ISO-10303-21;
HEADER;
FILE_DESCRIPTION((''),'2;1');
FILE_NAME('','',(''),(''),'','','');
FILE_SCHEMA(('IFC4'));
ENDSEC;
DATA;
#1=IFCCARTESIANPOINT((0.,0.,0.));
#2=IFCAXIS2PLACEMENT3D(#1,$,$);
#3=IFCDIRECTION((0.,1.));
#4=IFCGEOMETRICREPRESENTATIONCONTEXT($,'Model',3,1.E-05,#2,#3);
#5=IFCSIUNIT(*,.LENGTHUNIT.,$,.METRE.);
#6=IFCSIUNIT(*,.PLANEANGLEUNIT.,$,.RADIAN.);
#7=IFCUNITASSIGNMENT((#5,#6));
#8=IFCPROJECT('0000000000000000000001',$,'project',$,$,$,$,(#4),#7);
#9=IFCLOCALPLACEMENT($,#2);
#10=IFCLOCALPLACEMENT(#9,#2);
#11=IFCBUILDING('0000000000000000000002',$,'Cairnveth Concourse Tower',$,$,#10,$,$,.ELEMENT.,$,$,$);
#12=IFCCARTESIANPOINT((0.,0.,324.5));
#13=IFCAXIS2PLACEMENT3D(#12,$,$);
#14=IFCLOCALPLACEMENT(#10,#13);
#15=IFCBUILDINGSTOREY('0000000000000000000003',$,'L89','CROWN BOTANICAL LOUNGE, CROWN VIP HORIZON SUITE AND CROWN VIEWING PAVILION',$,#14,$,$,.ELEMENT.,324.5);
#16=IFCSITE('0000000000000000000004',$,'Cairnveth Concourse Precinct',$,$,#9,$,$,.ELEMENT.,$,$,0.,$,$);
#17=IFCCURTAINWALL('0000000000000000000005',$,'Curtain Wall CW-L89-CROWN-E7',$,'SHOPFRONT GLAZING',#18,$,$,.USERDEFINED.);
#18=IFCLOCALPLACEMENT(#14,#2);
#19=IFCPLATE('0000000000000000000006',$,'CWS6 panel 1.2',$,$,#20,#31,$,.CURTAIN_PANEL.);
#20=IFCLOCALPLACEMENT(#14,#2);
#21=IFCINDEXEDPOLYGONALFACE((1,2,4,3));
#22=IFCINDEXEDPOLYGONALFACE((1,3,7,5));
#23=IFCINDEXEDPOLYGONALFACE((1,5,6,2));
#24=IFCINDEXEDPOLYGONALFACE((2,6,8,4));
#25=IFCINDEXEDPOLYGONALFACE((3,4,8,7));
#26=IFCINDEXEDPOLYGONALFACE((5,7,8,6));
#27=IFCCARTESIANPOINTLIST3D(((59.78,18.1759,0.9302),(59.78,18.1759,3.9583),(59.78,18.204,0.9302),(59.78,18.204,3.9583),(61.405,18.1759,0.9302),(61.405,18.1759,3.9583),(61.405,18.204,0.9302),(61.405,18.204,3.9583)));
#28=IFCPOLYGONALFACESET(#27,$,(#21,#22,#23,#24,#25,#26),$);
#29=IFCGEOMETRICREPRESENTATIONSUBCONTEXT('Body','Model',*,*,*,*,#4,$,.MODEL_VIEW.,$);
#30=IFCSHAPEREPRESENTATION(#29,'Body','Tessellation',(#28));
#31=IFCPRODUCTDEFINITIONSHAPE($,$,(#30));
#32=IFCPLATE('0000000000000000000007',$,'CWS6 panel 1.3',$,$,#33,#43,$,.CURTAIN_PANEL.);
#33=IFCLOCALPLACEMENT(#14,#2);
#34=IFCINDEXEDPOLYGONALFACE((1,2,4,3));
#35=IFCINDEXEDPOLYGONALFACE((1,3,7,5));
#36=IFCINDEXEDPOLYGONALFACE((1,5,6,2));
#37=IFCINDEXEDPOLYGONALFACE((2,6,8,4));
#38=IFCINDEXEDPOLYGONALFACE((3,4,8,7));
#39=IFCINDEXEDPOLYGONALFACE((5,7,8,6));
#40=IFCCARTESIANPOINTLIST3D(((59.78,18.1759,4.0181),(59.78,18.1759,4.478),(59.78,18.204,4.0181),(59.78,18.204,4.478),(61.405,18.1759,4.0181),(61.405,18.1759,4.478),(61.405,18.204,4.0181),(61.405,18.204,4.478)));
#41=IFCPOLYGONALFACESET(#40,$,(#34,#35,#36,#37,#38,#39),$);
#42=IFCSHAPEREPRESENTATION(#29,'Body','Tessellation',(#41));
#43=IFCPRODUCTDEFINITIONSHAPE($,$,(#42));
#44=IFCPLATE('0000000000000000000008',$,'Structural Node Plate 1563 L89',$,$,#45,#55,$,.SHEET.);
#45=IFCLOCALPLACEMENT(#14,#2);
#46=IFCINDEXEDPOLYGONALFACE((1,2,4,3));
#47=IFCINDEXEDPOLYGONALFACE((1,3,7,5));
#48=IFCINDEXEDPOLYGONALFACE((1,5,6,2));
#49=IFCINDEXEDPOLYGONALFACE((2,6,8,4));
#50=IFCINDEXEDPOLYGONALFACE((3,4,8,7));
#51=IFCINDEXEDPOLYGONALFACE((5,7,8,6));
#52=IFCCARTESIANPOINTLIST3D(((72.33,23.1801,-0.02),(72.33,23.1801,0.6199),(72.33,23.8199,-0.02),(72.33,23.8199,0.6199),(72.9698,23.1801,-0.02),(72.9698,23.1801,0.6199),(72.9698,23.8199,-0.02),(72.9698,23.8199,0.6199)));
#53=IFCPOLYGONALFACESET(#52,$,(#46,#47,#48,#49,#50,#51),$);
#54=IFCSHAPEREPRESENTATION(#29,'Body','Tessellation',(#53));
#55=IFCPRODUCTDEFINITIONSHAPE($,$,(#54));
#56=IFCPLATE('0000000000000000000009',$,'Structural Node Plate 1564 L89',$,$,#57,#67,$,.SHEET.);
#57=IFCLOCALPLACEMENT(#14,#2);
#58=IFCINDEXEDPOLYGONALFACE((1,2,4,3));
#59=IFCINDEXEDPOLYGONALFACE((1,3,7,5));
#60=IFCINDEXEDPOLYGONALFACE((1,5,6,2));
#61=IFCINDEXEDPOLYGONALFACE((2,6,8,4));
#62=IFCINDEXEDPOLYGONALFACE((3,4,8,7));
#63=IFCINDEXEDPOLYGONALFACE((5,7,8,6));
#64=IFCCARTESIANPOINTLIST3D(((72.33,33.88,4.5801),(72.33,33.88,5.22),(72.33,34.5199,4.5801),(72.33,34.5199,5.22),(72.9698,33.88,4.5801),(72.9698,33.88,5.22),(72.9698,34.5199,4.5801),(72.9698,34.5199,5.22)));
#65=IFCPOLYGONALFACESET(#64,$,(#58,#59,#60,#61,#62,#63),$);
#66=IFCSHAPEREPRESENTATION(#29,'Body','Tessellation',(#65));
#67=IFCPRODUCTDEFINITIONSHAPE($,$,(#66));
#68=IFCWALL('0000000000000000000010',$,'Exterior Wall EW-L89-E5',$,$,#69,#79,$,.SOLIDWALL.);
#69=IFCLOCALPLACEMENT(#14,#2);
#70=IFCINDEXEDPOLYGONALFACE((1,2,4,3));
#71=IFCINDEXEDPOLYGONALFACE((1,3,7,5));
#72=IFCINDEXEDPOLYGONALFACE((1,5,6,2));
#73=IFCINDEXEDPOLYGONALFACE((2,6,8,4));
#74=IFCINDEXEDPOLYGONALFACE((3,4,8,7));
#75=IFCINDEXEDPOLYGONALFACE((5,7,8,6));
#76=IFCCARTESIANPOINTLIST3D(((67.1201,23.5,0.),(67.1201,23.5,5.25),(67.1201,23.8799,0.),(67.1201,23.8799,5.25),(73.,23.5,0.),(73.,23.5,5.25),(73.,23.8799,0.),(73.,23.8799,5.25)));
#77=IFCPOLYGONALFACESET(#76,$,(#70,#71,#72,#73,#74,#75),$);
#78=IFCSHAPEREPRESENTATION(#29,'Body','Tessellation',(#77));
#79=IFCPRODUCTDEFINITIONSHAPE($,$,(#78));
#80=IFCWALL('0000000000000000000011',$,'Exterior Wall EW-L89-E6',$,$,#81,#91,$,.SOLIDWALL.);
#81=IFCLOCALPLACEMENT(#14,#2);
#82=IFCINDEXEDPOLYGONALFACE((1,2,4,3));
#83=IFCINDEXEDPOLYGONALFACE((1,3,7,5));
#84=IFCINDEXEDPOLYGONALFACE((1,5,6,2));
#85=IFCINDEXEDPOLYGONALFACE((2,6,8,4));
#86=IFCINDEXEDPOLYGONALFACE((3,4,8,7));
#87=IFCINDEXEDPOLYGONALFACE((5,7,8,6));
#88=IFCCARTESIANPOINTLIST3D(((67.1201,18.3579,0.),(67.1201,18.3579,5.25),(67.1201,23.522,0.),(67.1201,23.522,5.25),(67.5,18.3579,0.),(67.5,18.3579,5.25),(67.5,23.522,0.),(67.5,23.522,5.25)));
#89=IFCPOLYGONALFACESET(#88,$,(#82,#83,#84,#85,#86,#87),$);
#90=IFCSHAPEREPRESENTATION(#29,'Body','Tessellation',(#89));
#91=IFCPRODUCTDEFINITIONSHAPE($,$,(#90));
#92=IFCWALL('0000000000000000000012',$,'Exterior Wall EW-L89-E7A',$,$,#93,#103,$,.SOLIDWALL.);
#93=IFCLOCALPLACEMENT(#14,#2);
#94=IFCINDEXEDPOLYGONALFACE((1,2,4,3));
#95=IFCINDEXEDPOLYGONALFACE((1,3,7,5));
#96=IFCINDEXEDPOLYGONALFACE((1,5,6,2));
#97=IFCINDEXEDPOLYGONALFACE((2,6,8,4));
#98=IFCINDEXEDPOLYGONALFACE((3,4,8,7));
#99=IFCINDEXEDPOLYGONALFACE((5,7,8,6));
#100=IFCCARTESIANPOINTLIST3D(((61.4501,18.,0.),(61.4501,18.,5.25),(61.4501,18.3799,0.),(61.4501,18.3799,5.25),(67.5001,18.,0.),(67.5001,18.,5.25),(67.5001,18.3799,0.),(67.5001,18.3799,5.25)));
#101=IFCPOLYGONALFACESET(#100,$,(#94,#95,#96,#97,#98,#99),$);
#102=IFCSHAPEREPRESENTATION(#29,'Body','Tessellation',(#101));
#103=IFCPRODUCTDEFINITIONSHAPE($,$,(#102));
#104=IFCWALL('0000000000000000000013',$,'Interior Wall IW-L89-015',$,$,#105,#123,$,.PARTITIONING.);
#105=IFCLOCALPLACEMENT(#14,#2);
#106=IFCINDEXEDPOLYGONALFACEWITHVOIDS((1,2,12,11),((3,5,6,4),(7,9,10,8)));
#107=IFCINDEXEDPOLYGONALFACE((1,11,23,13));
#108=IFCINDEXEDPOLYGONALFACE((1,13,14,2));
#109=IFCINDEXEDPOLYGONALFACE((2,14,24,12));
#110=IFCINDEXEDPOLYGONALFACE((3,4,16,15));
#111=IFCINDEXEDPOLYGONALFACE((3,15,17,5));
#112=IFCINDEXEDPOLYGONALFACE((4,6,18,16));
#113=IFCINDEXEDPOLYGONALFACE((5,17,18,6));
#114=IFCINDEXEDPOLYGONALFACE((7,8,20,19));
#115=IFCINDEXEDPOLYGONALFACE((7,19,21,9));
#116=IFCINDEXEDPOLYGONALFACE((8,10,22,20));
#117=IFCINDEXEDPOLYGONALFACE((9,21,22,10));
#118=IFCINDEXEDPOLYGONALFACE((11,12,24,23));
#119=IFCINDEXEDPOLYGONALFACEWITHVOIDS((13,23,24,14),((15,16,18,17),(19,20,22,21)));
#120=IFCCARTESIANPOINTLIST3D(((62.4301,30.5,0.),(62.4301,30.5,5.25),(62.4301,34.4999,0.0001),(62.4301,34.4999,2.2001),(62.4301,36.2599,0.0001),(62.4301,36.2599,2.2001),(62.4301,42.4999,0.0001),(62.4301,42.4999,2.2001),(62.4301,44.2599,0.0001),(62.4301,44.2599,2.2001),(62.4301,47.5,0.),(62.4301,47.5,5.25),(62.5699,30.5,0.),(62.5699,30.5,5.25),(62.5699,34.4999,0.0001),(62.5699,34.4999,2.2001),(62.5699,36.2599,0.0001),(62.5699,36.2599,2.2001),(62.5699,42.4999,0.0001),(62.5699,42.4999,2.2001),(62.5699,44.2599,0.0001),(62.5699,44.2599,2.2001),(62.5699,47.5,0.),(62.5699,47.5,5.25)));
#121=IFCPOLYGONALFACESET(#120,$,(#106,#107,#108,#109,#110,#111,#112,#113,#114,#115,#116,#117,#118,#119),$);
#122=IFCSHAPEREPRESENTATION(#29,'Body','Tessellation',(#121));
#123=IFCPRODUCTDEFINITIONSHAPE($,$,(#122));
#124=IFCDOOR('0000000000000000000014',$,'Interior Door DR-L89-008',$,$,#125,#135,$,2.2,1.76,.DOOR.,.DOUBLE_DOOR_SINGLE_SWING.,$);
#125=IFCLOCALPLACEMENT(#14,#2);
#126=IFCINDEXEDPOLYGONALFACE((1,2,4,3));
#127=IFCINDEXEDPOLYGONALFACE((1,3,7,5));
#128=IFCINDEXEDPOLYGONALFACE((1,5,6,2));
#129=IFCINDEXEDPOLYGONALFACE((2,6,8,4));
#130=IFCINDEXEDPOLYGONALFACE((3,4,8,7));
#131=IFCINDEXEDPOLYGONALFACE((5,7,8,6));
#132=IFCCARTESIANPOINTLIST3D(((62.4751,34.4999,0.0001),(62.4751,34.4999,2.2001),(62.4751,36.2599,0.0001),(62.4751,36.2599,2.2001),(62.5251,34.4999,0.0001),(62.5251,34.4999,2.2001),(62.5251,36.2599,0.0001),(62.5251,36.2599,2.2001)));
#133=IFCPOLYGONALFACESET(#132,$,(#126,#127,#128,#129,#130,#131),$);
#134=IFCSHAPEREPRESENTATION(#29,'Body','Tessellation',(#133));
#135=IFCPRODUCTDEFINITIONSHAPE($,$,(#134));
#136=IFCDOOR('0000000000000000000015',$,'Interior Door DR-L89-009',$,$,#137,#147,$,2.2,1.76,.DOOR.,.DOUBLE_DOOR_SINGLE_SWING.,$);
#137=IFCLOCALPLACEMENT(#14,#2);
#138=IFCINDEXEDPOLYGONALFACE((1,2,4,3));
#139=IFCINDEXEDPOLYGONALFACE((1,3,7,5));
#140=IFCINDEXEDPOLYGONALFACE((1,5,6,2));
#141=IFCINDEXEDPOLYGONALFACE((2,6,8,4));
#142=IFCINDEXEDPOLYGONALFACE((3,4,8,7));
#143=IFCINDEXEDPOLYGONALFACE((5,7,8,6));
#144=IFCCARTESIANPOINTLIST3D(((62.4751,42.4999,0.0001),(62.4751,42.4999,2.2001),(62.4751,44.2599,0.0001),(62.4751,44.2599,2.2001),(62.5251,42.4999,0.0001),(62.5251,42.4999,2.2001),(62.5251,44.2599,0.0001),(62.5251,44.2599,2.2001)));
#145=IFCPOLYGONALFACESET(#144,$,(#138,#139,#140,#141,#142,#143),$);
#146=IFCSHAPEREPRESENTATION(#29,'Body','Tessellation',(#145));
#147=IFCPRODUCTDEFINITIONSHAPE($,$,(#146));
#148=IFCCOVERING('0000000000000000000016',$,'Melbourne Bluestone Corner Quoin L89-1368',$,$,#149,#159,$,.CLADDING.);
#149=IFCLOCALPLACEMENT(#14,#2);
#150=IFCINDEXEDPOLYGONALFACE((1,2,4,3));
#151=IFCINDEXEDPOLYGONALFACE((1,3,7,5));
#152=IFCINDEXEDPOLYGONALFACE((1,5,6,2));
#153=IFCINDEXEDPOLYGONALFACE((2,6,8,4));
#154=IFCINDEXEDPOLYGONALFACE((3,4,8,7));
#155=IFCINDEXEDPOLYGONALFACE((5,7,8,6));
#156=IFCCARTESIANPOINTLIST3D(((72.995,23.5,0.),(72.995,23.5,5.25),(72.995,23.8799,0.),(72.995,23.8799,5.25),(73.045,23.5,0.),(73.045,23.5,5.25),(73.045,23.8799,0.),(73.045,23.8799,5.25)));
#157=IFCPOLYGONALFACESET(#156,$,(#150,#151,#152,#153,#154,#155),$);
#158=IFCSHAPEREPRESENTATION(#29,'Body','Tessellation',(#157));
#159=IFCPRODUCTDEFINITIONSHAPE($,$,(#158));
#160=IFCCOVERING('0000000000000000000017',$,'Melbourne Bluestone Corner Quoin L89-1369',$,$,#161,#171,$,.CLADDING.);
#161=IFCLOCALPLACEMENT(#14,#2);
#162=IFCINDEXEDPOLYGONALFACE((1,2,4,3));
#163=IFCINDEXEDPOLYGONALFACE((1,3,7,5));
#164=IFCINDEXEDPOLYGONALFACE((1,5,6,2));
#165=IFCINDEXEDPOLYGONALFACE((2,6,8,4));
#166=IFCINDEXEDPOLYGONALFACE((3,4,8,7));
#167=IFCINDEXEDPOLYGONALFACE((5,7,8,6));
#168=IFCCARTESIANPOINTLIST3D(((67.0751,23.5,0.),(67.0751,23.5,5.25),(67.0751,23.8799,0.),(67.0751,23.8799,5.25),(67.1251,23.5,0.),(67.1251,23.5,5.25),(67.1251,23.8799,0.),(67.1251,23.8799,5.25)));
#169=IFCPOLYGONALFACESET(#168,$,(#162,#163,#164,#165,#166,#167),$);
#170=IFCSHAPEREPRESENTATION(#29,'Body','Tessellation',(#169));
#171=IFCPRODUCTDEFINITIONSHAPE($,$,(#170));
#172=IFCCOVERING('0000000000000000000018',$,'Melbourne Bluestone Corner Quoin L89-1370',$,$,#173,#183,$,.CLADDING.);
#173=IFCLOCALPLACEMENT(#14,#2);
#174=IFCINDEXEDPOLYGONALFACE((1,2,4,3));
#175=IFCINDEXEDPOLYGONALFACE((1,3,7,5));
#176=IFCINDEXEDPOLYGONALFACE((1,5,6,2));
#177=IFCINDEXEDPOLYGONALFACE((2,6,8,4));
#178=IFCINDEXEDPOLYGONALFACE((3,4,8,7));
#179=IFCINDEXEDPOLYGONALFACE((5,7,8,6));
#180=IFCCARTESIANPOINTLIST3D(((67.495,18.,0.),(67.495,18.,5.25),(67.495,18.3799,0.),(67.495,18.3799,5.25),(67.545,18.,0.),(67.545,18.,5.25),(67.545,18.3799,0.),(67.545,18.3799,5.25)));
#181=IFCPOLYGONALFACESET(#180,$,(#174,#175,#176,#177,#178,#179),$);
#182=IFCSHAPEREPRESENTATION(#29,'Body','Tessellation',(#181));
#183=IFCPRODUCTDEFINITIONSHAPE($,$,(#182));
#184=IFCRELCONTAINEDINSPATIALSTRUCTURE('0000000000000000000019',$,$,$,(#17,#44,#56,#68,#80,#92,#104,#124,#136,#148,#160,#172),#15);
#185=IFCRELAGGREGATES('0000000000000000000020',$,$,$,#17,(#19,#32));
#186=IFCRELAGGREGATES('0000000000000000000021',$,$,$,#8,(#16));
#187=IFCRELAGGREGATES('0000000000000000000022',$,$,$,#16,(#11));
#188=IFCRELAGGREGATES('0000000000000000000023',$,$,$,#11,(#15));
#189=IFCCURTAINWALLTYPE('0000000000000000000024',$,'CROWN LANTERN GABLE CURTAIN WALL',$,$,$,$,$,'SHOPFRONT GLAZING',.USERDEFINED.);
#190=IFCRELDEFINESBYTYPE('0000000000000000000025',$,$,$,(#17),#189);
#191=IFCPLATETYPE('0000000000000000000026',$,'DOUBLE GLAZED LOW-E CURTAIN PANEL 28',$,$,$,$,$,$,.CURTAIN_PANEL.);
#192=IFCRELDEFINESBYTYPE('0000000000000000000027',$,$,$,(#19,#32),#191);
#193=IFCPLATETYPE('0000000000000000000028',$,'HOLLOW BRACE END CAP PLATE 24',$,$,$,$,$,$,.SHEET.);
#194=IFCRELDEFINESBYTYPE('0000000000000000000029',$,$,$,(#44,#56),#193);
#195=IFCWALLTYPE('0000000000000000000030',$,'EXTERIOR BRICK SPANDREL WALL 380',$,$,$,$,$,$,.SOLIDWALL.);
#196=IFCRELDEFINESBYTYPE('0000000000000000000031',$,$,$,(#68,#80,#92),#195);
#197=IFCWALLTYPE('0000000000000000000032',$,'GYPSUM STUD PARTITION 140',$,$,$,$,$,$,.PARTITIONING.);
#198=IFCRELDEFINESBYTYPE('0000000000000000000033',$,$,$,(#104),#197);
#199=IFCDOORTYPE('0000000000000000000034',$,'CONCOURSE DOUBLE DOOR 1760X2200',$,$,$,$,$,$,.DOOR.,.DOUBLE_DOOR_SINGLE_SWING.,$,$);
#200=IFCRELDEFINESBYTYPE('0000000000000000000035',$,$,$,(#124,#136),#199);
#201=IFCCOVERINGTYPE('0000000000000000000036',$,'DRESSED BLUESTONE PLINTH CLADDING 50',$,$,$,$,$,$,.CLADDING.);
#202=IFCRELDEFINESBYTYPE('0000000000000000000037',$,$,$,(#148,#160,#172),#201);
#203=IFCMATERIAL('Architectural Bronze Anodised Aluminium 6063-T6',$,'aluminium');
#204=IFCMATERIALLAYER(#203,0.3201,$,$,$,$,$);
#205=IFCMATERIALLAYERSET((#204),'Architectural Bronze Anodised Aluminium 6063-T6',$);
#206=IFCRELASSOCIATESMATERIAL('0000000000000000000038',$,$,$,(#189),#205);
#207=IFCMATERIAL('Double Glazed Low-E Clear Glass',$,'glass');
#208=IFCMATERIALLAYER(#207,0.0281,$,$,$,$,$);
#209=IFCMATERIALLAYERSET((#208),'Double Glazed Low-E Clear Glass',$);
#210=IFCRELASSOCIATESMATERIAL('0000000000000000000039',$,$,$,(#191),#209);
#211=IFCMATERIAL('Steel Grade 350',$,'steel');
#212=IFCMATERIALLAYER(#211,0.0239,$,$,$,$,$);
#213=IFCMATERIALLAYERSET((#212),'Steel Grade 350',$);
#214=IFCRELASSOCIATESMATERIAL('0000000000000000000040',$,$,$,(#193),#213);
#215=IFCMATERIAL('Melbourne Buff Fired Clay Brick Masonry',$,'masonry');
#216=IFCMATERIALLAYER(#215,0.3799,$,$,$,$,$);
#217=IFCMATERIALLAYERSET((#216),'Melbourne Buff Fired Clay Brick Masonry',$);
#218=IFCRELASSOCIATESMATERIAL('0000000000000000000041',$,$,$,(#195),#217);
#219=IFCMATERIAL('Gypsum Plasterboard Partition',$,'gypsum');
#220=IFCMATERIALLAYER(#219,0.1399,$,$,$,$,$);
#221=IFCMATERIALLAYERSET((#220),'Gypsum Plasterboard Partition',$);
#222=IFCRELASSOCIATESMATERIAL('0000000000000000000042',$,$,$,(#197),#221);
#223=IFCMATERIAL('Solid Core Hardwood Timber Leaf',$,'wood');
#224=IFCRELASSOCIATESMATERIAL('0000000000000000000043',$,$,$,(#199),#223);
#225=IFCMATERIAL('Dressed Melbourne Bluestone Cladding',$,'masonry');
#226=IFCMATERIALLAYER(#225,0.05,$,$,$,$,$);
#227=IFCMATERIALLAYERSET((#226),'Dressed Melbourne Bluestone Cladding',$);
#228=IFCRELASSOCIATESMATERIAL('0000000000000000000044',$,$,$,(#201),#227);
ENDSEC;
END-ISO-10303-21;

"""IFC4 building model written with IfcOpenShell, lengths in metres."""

from ifc_helpers import new_model, si_unit, direction, frame, frame_2d, origin, origin_2d, place, context, subcontext, project, spatial, rectangle, extrude, material, layer, layer_set, type_object, element, fill, aggregate, save


model = new_model("IFC4")

# Units and contexts
model_context = context("Model", 3, precision=1e-05, world=origin(), true_north=direction((0.0, 1.0)))
body_context = subcontext(model_context, "Body", "Model", "MODEL_VIEW")
ifc_project = project(units=[si_unit("LENGTHUNIT", "METRE"), si_unit("PLANEANGLEUNIT", "RADIAN")], contexts=[model_context])

# Site, building, storey
site_placement = place(None, origin())
site = spatial("IfcSite", under=ifc_project, at=site_placement, Name="Cairnveth Concourse Precinct", CompositionType="ELEMENT", RefElevation=0.0)
building_placement = place(site_placement, origin())
building = spatial("IfcBuilding", under=site, at=building_placement, Name="Cairnveth Concourse Tower", CompositionType="ELEMENT")
storey_placement = place(building_placement, frame((0.0, 0.0, 324.5)))
storey = spatial("IfcBuildingStorey", under=building, at=storey_placement, Name="L89", Description="CROWN BOTANICAL LOUNGE, CROWN VIP HORIZON SUITE AND CROWN VIEWING PAVILION", CompositionType="ELEMENT", Elevation=324.5)

# Shared definitions
ifc_material_1 = material(Name="Steel Grade 350", Category="steel")

# Curtain wall
ifc_material_2 = material(Name="Architectural Bronze Anodised Aluminium 6063-T6", Category="aluminium")
ifc_layer_1 = layer(ifc_material_2, 0.3201)
ifc_layer_set_1 = layer_set([ifc_layer_1], Name="Architectural Bronze Anodised Aluminium 6063-T6")
curtain_wall_type = type_object("IfcCurtainWallType", Name="CROWN LANTERN GABLE CURTAIN WALL", ElementType="SHOPFRONT GLAZING", PredefinedType="USERDEFINED", material=ifc_layer_set_1)
curtain_wall_placement = place(storey_placement, origin())
curtain_wall = element("IfcCurtainWall", 1, at=curtain_wall_placement, inside=storey, type_object=curtain_wall_type, Name="Curtain Wall CW-L89-CROWN-E7", ObjectType="SHOPFRONT GLAZING", PredefinedType="USERDEFINED")

# Plates
ifc_material_3 = material(Name="Double Glazed Low-E Clear Glass", Category="glass")
ifc_layer_2 = layer(ifc_material_3, 0.0281)
ifc_layer_set_2 = layer_set([ifc_layer_2], Name="Double Glazed Low-E Clear Glass")
plate_type_1 = type_object("IfcPlateType", Name="DOUBLE GLAZED LOW-E CURTAIN PANEL 28", PredefinedType="CURTAIN_PANEL", material=ifc_layer_set_2)
plate_1_placement = place(storey_placement, frame((60.5925, 18.1899, 0.9302), z_axis=(0.0, 0.0, 1.0), x_axis=(-1.0, 0.0, 0.0)))
plate_1 = element("IfcPlate", 2, at=plate_1_placement, type_object=plate_type_1, Name="CWS6 panel 1.2", PredefinedType="CURTAIN_PANEL", context=body_context, shape_type="SweptSolid", body=[
    extrude(rectangle(XDim=1.625, YDim=0.0281, at=origin_2d()), origin(), (0.0, 0.0, 1.0), 3.0281),
])
plate_2_placement = place(storey_placement, frame((60.5925, 18.1899, 4.0181), z_axis=(0.0, 0.0, 1.0), x_axis=(-1.0, 0.0, 0.0)))
plate_2 = element("IfcPlate", 3, at=plate_2_placement, type_object=plate_type_1, Name="CWS6 panel 1.3", PredefinedType="CURTAIN_PANEL", context=body_context, shape_type="SweptSolid", body=[
    extrude(rectangle(XDim=1.625, YDim=0.0281, at=origin_2d()), origin(), (0.0, 0.0, 1.0), 0.46),
])
aggregate(curtain_wall, [plate_1, plate_2])

# Plates
ifc_layer_3 = layer(ifc_material_1, 0.0239)
ifc_layer_set_3 = layer_set([ifc_layer_3], Name="Steel Grade 350")
plate_type_2 = type_object("IfcPlateType", Name="HOLLOW BRACE END CAP PLATE 24", PredefinedType="SHEET", material=ifc_layer_set_3)
for number, where, z_axis, x_axis, name in (
    (4, (72.6499, 23.5, -0.02), (0.0, 0.0, 1.0), (1.0, 0.0, 0.0), "Structural Node Plate 1563 L89"),
    (5, (72.6499, 34.2, 4.5801), (0.0, 0.0, 1.0), (1.0, 0.0, 0.0), "Structural Node Plate 1564 L89"),
):
    element("IfcPlate", number, at=place(storey_placement, frame(where, z_axis=z_axis, x_axis=x_axis)), inside=storey, type_object=plate_type_2, Name=name, PredefinedType="SHEET", context=body_context, shape_type="SweptSolid", body=[
        extrude(rectangle(XDim=0.6399, YDim=0.6399, at=origin_2d()), origin(), (0.0, 0.0, 1.0), 0.6399),
    ])

# Walls
ifc_material_4 = material(Name="Melbourne Buff Fired Clay Brick Masonry", Category="masonry")
ifc_layer_4 = layer(ifc_material_4, 0.3799)
ifc_layer_set_4 = layer_set([ifc_layer_4], Name="Melbourne Buff Fired Clay Brick Masonry")
wall_type_1 = type_object("IfcWallType", Name="EXTERIOR BRICK SPANDREL WALL 380", PredefinedType="SOLIDWALL", material=ifc_layer_set_4)
wall_1_placement = place(storey_placement, frame((73.0, 23.6899, 0.0), z_axis=(0.0, 0.0, 1.0), x_axis=(-1.0, 0.0, 0.0)))
element("IfcWall", 6, at=wall_1_placement, inside=storey, type_object=wall_type_1, Name="Exterior Wall EW-L89-E5", PredefinedType="SOLIDWALL", context=body_context, shape_type="SweptSolid", body=[
    extrude(rectangle(XDim=5.8799, YDim=0.3799, at=frame_2d((2.9399, 0.0))), origin(), (0.0, 0.0, 1.0), 5.25),
])
wall_2_placement = place(storey_placement, frame((67.3101, 23.522, 0.0), z_axis=(0.0, 0.0, 1.0), x_axis=(0.0, -1.0, 0.0)))
element("IfcWall", 7, at=wall_2_placement, inside=storey, type_object=wall_type_1, Name="Exterior Wall EW-L89-E6", PredefinedType="SOLIDWALL", context=body_context, shape_type="SweptSolid", body=[
    extrude(rectangle(XDim=5.1641, YDim=0.3799, at=frame_2d((2.582, 0.0))), origin(), (0.0, 0.0, 1.0), 5.25),
])
wall_3_placement = place(storey_placement, frame((67.5, 18.1899, 0.0), z_axis=(0.0, 0.0, 1.0), x_axis=(-1.0, 0.0, 0.0)))
element("IfcWall", 8, at=wall_3_placement, inside=storey, type_object=wall_type_1, Name="Exterior Wall EW-L89-E7A", PredefinedType="SOLIDWALL", context=body_context, shape_type="SweptSolid", body=[
    extrude(rectangle(XDim=6.05, YDim=0.3799, at=frame_2d((3.0249, 0.0))), origin(), (0.0, 0.0, 1.0), 5.25),
])

# Wall, openings, doors
ifc_material_5 = material(Name="Gypsum Plasterboard Partition", Category="gypsum")
ifc_layer_5 = layer(ifc_material_5, 0.1399)
ifc_layer_set_5 = layer_set([ifc_layer_5], Name="Gypsum Plasterboard Partition")
wall_type_2 = type_object("IfcWallType", Name="GYPSUM STUD PARTITION 140", PredefinedType="PARTITIONING", material=ifc_layer_set_5)
wall_4_placement = place(storey_placement, frame((62.5, 30.5, 0.0), z_axis=(0.0, 0.0, 1.0), x_axis=(0.0, 1.0, 0.0)))
wall_4 = element("IfcWall", 9, at=wall_4_placement, inside=storey, type_object=wall_type_2, Name="Interior Wall IW-L89-015", PredefinedType="PARTITIONING", context=body_context, shape_type="SweptSolid", body=[
    extrude(rectangle(XDim=17.0, YDim=0.1399, at=frame_2d((8.5, 0.0))), origin(), (0.0, 0.0, 1.0), 5.25),
])
opening_1_placement = place(wall_4_placement, frame((4.0, 0.0, 0.0)))
opening_1 = element("IfcOpeningElement", 10, at=opening_1_placement, cuts=wall_4, PredefinedType="OPENING", context=body_context, shape_type="SweptSolid", body=[
    extrude(rectangle(XDim=1.76, YDim=2.2, at=frame_2d((0.8799, 1.1001))), frame((0.0, 0.0798, 0.0), z_axis=(0.0, -1.0, 0.0), x_axis=(1.0, 0.0, 0.0)), (0.0, 0.0, 1.0), 0.1599),
])
opening_2_placement = place(wall_4_placement, frame((12.0, 0.0, 0.0)))
opening_2 = element("IfcOpeningElement", 11, at=opening_2_placement, cuts=wall_4, PredefinedType="OPENING", context=body_context, shape_type="SweptSolid", body=[
    extrude(rectangle(XDim=1.76, YDim=2.2, at=frame_2d((0.8799, 1.1001))), frame((0.0, 0.0798, 0.0), z_axis=(0.0, -1.0, 0.0), x_axis=(1.0, 0.0, 0.0)), (0.0, 0.0, 1.0), 0.1599),
])
ifc_material_6 = material(Name="Solid Core Hardwood Timber Leaf", Category="wood")
door_type = type_object("IfcDoorType", Name="CONCOURSE DOUBLE DOOR 1760X2200", OperationType="DOUBLE_DOOR_SINGLE_SWING", PredefinedType="DOOR", material=ifc_material_6)
door_1_placement = place(opening_1_placement, origin())
door_1 = element("IfcDoor", 12, at=door_1_placement, inside=storey, type_object=door_type, Name="Interior Door DR-L89-008", OperationType="DOUBLE_DOOR_SINGLE_SWING", OverallHeight=2.2, OverallWidth=1.76, PredefinedType="DOOR", context=body_context, shape_type="SweptSolid", body=[
    extrude(rectangle(XDim=1.76, YDim=2.2, at=frame_2d((0.8799, 1.1001))), frame((0.0, 0.0249, 0.0), z_axis=(0.0, -1.0, 0.0), x_axis=(1.0, 0.0, 0.0)), (0.0, 0.0, 1.0), 0.05),
])
fill(opening_1, door_1)
door_2_placement = place(opening_2_placement, origin())
door_2 = element("IfcDoor", 13, at=door_2_placement, inside=storey, type_object=door_type, Name="Interior Door DR-L89-009", OperationType="DOUBLE_DOOR_SINGLE_SWING", OverallHeight=2.2, OverallWidth=1.76, PredefinedType="DOOR", context=body_context, shape_type="SweptSolid", body=[
    extrude(rectangle(XDim=1.76, YDim=2.2, at=frame_2d((0.8799, 1.1001))), frame((0.0, 0.0249, 0.0), z_axis=(0.0, -1.0, 0.0), x_axis=(1.0, 0.0, 0.0)), (0.0, 0.0, 1.0), 0.05),
])
fill(opening_2, door_2)

# Coverings
ifc_material_7 = material(Name="Dressed Melbourne Bluestone Cladding", Category="masonry")
ifc_layer_6 = layer(ifc_material_7, 0.05)
ifc_layer_set_6 = layer_set([ifc_layer_6], Name="Dressed Melbourne Bluestone Cladding")
covering_type = type_object("IfcCoveringType", Name="DRESSED BLUESTONE PLINTH CLADDING 50", PredefinedType="CLADDING", material=ifc_layer_set_6)
for number, where, z_axis, x_axis, name in (
    (14, (73.02, 23.8799, 0.0), (0.0, 0.0, 1.0), (0.0, -1.0, 0.0), "Melbourne Bluestone Corner Quoin L89-1368"),
    (15, (67.1001, 23.8799, 0.0), (0.0, 0.0, 1.0), (0.0, -1.0, 0.0), "Melbourne Bluestone Corner Quoin L89-1369"),
    (16, (67.52, 18.3799, 0.0), (0.0, 0.0, 1.0), (0.0, -1.0, 0.0), "Melbourne Bluestone Corner Quoin L89-1370"),
):
    element("IfcCovering", number, at=place(storey_placement, frame(where, z_axis=z_axis, x_axis=x_axis)), inside=storey, type_object=covering_type, Name=name, PredefinedType="CLADDING", context=body_context, shape_type="SweptSolid", body=[
        extrude(rectangle(XDim=0.3799, YDim=0.05, at=frame_2d((0.1899, 0.0))), origin(), (0.0, 0.0, 1.0), 5.25),
    ])

save(model, "model.ifc")
